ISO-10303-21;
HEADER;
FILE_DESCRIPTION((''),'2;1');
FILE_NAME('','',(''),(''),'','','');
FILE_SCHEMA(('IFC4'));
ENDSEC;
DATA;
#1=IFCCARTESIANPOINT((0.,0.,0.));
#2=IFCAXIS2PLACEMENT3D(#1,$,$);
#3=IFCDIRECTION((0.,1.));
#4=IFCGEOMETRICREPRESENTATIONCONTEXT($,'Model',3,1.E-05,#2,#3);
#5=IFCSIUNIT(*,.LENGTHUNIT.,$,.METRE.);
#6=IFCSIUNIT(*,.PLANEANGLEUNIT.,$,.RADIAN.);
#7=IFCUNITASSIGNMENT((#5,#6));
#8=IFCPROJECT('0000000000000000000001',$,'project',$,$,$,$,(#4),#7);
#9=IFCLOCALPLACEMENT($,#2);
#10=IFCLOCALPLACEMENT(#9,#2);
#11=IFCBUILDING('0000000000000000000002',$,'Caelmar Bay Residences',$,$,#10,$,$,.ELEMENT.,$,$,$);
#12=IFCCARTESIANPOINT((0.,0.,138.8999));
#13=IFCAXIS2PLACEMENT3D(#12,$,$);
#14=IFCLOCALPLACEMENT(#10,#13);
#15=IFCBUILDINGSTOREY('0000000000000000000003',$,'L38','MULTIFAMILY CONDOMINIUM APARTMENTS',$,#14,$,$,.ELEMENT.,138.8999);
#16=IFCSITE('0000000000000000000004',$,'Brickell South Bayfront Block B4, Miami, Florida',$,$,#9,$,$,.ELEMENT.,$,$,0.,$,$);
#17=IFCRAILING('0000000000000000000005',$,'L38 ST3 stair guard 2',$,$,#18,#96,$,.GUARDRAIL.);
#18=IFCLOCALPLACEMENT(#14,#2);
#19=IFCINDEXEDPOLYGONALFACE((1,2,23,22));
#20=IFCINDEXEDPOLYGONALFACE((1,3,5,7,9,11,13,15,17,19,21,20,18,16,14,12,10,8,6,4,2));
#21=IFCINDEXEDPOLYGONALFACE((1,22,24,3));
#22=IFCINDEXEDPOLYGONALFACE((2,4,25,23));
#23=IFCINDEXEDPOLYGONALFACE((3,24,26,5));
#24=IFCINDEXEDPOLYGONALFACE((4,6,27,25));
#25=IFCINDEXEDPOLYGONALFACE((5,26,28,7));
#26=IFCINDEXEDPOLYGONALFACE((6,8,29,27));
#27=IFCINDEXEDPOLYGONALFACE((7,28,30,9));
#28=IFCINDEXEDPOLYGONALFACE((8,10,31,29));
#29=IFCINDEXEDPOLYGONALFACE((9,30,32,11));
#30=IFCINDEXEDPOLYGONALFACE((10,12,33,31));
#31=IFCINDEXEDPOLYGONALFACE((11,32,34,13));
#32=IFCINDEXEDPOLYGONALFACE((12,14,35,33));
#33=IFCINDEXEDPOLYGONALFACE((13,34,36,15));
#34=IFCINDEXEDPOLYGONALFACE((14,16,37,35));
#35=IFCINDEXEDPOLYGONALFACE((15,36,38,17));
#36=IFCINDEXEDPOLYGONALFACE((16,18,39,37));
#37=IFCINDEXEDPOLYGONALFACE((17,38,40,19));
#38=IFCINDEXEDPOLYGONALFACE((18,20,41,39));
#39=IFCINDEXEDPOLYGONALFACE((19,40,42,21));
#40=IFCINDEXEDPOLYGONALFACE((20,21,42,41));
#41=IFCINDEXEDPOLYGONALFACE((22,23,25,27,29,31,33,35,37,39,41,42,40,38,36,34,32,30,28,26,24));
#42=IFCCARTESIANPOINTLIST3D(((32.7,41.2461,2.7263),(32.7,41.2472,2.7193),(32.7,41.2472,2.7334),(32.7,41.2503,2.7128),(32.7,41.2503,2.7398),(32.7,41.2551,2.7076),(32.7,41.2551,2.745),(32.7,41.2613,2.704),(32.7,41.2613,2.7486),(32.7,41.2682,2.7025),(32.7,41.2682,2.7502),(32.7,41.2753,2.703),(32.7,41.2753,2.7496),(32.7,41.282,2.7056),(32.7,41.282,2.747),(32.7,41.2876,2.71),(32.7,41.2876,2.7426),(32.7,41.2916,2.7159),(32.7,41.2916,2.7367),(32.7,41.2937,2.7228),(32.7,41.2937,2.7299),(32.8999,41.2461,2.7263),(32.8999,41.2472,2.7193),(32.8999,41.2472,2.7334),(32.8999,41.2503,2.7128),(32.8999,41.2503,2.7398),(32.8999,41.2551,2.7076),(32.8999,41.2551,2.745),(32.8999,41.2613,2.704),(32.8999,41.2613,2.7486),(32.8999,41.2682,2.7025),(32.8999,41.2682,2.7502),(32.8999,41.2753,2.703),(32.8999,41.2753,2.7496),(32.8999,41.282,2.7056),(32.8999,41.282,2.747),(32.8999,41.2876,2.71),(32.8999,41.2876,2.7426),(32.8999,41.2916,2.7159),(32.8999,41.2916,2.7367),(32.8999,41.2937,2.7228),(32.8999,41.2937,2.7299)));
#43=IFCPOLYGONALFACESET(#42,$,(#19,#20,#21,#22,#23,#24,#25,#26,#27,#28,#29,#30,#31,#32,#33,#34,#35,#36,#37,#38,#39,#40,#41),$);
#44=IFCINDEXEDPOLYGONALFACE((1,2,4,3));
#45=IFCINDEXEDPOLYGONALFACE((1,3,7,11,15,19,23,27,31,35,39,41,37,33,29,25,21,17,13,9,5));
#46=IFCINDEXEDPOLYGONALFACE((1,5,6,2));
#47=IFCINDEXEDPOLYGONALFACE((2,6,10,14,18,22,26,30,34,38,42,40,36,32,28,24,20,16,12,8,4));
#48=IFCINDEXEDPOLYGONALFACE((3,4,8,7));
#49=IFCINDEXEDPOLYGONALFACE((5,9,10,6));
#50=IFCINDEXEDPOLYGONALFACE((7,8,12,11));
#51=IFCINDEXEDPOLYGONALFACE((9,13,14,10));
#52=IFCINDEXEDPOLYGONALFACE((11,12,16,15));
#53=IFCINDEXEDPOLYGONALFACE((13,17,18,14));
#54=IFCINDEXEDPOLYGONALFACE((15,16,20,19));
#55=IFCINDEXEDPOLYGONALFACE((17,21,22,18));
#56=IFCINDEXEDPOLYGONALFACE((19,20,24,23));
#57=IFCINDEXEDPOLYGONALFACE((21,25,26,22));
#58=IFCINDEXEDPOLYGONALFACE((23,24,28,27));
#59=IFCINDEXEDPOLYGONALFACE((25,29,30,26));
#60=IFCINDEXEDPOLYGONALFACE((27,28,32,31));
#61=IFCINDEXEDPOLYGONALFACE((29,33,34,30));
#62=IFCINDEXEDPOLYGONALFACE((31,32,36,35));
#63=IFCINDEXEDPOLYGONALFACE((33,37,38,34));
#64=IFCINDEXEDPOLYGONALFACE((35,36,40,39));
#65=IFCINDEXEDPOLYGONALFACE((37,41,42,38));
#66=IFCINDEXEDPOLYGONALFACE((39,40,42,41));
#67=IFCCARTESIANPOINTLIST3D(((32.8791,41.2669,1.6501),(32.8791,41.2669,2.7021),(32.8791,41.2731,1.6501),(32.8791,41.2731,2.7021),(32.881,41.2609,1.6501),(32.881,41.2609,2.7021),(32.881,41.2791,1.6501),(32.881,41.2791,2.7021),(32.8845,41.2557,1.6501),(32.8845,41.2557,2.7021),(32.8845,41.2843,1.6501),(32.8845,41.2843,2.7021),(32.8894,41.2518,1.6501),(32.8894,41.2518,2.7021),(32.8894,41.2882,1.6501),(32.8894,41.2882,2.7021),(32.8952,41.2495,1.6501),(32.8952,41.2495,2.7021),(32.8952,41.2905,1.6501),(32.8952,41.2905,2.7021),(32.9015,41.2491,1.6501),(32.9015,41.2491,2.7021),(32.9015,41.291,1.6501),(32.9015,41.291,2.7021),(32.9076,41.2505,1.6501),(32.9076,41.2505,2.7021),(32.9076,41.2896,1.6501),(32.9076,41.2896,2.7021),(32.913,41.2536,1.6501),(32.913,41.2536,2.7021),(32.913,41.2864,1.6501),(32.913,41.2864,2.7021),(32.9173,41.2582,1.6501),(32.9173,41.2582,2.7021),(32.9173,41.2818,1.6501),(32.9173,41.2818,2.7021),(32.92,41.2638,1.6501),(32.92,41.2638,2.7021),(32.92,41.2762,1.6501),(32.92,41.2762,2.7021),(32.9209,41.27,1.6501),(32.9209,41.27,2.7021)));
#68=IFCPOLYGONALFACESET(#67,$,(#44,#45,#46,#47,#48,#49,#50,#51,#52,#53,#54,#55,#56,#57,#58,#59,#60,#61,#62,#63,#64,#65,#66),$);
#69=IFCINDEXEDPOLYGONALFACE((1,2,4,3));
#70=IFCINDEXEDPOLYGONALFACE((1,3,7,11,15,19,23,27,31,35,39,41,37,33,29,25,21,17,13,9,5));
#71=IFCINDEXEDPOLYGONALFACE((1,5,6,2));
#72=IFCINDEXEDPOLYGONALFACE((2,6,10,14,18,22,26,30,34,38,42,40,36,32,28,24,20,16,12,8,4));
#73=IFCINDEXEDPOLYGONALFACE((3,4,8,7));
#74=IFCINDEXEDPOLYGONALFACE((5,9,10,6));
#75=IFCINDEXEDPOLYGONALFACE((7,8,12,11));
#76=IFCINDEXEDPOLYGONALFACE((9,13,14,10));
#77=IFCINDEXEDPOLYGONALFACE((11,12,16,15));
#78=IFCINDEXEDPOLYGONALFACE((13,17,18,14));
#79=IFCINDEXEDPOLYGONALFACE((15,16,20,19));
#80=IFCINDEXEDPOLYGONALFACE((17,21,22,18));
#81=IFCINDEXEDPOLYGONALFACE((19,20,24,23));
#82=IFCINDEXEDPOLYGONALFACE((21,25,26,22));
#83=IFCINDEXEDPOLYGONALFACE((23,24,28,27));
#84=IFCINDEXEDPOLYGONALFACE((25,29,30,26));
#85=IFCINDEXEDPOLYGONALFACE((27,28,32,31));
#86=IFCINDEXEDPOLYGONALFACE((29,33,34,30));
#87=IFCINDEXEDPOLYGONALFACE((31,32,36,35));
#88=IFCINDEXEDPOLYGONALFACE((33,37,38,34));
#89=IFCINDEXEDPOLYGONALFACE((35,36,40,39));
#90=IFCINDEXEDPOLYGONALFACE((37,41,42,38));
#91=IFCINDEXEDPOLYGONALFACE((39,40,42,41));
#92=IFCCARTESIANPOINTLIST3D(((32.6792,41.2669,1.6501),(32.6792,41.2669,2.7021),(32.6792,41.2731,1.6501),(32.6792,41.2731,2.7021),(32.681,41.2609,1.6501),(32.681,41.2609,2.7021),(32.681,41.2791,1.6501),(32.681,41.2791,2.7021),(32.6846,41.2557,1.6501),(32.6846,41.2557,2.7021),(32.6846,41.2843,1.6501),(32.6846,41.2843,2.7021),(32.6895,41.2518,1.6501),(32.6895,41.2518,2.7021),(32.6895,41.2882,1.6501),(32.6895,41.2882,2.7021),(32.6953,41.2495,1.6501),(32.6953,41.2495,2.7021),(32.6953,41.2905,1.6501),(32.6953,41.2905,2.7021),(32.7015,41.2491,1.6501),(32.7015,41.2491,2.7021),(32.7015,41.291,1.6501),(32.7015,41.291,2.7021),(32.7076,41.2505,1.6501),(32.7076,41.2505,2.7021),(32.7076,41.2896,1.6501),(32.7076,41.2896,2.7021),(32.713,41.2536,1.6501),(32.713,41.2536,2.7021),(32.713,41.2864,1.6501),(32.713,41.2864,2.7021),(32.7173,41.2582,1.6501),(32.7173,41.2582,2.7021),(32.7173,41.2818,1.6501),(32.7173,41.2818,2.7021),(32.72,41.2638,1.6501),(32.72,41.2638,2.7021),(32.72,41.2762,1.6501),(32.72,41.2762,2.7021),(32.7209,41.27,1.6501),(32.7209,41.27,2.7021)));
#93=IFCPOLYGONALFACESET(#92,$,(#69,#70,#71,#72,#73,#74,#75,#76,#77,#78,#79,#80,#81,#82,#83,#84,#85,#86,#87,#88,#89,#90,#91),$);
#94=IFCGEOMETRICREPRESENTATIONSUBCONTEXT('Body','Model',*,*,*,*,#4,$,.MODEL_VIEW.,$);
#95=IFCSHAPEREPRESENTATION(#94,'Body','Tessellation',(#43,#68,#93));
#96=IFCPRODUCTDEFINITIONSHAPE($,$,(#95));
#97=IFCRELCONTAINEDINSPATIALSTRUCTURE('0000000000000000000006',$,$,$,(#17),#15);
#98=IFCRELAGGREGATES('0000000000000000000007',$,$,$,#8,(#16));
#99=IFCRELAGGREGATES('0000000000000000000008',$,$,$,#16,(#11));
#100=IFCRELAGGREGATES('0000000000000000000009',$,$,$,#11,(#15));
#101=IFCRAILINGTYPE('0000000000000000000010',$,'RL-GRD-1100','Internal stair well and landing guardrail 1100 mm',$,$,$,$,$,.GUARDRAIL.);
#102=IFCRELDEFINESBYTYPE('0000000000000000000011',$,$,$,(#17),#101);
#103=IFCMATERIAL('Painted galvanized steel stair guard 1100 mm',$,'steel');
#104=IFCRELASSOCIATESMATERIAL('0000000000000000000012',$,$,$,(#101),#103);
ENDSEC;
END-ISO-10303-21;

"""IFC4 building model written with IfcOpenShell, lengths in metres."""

from ifc_helpers import new_model, si_unit, direction, frame, origin, origin_2d, place, context, subcontext, project, spatial, circle, extrude, material, type_object, element, save


model = new_model("IFC4")

# Units and contexts
model_context = context("Model", 3, precision=1e-05, world=origin(), true_north=direction((0.0, 1.0)))
body_context = subcontext(model_context, "Body", "Model", "MODEL_VIEW")
ifc_project = project(units=[si_unit("LENGTHUNIT", "METRE"), si_unit("PLANEANGLEUNIT", "RADIAN")], contexts=[model_context])

# Site, building, storey
site_placement = place(None, origin())
site = spatial("IfcSite", under=ifc_project, at=site_placement, Name="Brickell South Bayfront Block B4, Miami, Florida", CompositionType="ELEMENT", RefElevation=0.0)
building_placement = place(site_placement, origin())
building = spatial("IfcBuilding", under=site, at=building_placement, Name="Caelmar Bay Residences", CompositionType="ELEMENT")
storey_placement = place(building_placement, frame((0.0, 0.0, 138.8999)))
storey = spatial("IfcBuildingStorey", under=building, at=storey_placement, Name="L38", Description="MULTIFAMILY CONDOMINIUM APARTMENTS", CompositionType="ELEMENT", Elevation=138.8999)

# Railing
ifc_material_1 = material(Name="Painted galvanized steel stair guard 1100 mm", Category="steel")
railing_type_1 = type_object("IfcRailingType", Name="RL-GRD-1100", Description="Internal stair well and landing guardrail 1100 mm", PredefinedType="GUARDRAIL", material=ifc_material_1)
railing_1_placement = place(storey_placement, frame((32.8999, 41.27, 1.6501)))
element("IfcRailing", 1, at=railing_1_placement, inside=storey, type_object=railing_type_1, Name="L38 ST3 stair guard 2", PredefinedType="GUARDRAIL", context=body_context, shape_type="SweptSolid", body=[
    extrude(circle(Radius=0.0239, at=origin_2d()), frame((0.0, 0.0, 1.0762), z_axis=(-1.0, 0.0, 0.0), x_axis=(0.0, -1.0, 0.0)), (0.0, 0.0, 1.0), 0.2),
    extrude(circle(Radius=0.021, at=origin_2d()), origin(), (0.0, 0.0, 1.0), 1.052),
    extrude(circle(Radius=0.021, at=origin_2d()), frame((-0.2, 0.0, 0.0)), (0.0, 0.0, 1.0), 1.052),
])

save(model, "model.ifc")
